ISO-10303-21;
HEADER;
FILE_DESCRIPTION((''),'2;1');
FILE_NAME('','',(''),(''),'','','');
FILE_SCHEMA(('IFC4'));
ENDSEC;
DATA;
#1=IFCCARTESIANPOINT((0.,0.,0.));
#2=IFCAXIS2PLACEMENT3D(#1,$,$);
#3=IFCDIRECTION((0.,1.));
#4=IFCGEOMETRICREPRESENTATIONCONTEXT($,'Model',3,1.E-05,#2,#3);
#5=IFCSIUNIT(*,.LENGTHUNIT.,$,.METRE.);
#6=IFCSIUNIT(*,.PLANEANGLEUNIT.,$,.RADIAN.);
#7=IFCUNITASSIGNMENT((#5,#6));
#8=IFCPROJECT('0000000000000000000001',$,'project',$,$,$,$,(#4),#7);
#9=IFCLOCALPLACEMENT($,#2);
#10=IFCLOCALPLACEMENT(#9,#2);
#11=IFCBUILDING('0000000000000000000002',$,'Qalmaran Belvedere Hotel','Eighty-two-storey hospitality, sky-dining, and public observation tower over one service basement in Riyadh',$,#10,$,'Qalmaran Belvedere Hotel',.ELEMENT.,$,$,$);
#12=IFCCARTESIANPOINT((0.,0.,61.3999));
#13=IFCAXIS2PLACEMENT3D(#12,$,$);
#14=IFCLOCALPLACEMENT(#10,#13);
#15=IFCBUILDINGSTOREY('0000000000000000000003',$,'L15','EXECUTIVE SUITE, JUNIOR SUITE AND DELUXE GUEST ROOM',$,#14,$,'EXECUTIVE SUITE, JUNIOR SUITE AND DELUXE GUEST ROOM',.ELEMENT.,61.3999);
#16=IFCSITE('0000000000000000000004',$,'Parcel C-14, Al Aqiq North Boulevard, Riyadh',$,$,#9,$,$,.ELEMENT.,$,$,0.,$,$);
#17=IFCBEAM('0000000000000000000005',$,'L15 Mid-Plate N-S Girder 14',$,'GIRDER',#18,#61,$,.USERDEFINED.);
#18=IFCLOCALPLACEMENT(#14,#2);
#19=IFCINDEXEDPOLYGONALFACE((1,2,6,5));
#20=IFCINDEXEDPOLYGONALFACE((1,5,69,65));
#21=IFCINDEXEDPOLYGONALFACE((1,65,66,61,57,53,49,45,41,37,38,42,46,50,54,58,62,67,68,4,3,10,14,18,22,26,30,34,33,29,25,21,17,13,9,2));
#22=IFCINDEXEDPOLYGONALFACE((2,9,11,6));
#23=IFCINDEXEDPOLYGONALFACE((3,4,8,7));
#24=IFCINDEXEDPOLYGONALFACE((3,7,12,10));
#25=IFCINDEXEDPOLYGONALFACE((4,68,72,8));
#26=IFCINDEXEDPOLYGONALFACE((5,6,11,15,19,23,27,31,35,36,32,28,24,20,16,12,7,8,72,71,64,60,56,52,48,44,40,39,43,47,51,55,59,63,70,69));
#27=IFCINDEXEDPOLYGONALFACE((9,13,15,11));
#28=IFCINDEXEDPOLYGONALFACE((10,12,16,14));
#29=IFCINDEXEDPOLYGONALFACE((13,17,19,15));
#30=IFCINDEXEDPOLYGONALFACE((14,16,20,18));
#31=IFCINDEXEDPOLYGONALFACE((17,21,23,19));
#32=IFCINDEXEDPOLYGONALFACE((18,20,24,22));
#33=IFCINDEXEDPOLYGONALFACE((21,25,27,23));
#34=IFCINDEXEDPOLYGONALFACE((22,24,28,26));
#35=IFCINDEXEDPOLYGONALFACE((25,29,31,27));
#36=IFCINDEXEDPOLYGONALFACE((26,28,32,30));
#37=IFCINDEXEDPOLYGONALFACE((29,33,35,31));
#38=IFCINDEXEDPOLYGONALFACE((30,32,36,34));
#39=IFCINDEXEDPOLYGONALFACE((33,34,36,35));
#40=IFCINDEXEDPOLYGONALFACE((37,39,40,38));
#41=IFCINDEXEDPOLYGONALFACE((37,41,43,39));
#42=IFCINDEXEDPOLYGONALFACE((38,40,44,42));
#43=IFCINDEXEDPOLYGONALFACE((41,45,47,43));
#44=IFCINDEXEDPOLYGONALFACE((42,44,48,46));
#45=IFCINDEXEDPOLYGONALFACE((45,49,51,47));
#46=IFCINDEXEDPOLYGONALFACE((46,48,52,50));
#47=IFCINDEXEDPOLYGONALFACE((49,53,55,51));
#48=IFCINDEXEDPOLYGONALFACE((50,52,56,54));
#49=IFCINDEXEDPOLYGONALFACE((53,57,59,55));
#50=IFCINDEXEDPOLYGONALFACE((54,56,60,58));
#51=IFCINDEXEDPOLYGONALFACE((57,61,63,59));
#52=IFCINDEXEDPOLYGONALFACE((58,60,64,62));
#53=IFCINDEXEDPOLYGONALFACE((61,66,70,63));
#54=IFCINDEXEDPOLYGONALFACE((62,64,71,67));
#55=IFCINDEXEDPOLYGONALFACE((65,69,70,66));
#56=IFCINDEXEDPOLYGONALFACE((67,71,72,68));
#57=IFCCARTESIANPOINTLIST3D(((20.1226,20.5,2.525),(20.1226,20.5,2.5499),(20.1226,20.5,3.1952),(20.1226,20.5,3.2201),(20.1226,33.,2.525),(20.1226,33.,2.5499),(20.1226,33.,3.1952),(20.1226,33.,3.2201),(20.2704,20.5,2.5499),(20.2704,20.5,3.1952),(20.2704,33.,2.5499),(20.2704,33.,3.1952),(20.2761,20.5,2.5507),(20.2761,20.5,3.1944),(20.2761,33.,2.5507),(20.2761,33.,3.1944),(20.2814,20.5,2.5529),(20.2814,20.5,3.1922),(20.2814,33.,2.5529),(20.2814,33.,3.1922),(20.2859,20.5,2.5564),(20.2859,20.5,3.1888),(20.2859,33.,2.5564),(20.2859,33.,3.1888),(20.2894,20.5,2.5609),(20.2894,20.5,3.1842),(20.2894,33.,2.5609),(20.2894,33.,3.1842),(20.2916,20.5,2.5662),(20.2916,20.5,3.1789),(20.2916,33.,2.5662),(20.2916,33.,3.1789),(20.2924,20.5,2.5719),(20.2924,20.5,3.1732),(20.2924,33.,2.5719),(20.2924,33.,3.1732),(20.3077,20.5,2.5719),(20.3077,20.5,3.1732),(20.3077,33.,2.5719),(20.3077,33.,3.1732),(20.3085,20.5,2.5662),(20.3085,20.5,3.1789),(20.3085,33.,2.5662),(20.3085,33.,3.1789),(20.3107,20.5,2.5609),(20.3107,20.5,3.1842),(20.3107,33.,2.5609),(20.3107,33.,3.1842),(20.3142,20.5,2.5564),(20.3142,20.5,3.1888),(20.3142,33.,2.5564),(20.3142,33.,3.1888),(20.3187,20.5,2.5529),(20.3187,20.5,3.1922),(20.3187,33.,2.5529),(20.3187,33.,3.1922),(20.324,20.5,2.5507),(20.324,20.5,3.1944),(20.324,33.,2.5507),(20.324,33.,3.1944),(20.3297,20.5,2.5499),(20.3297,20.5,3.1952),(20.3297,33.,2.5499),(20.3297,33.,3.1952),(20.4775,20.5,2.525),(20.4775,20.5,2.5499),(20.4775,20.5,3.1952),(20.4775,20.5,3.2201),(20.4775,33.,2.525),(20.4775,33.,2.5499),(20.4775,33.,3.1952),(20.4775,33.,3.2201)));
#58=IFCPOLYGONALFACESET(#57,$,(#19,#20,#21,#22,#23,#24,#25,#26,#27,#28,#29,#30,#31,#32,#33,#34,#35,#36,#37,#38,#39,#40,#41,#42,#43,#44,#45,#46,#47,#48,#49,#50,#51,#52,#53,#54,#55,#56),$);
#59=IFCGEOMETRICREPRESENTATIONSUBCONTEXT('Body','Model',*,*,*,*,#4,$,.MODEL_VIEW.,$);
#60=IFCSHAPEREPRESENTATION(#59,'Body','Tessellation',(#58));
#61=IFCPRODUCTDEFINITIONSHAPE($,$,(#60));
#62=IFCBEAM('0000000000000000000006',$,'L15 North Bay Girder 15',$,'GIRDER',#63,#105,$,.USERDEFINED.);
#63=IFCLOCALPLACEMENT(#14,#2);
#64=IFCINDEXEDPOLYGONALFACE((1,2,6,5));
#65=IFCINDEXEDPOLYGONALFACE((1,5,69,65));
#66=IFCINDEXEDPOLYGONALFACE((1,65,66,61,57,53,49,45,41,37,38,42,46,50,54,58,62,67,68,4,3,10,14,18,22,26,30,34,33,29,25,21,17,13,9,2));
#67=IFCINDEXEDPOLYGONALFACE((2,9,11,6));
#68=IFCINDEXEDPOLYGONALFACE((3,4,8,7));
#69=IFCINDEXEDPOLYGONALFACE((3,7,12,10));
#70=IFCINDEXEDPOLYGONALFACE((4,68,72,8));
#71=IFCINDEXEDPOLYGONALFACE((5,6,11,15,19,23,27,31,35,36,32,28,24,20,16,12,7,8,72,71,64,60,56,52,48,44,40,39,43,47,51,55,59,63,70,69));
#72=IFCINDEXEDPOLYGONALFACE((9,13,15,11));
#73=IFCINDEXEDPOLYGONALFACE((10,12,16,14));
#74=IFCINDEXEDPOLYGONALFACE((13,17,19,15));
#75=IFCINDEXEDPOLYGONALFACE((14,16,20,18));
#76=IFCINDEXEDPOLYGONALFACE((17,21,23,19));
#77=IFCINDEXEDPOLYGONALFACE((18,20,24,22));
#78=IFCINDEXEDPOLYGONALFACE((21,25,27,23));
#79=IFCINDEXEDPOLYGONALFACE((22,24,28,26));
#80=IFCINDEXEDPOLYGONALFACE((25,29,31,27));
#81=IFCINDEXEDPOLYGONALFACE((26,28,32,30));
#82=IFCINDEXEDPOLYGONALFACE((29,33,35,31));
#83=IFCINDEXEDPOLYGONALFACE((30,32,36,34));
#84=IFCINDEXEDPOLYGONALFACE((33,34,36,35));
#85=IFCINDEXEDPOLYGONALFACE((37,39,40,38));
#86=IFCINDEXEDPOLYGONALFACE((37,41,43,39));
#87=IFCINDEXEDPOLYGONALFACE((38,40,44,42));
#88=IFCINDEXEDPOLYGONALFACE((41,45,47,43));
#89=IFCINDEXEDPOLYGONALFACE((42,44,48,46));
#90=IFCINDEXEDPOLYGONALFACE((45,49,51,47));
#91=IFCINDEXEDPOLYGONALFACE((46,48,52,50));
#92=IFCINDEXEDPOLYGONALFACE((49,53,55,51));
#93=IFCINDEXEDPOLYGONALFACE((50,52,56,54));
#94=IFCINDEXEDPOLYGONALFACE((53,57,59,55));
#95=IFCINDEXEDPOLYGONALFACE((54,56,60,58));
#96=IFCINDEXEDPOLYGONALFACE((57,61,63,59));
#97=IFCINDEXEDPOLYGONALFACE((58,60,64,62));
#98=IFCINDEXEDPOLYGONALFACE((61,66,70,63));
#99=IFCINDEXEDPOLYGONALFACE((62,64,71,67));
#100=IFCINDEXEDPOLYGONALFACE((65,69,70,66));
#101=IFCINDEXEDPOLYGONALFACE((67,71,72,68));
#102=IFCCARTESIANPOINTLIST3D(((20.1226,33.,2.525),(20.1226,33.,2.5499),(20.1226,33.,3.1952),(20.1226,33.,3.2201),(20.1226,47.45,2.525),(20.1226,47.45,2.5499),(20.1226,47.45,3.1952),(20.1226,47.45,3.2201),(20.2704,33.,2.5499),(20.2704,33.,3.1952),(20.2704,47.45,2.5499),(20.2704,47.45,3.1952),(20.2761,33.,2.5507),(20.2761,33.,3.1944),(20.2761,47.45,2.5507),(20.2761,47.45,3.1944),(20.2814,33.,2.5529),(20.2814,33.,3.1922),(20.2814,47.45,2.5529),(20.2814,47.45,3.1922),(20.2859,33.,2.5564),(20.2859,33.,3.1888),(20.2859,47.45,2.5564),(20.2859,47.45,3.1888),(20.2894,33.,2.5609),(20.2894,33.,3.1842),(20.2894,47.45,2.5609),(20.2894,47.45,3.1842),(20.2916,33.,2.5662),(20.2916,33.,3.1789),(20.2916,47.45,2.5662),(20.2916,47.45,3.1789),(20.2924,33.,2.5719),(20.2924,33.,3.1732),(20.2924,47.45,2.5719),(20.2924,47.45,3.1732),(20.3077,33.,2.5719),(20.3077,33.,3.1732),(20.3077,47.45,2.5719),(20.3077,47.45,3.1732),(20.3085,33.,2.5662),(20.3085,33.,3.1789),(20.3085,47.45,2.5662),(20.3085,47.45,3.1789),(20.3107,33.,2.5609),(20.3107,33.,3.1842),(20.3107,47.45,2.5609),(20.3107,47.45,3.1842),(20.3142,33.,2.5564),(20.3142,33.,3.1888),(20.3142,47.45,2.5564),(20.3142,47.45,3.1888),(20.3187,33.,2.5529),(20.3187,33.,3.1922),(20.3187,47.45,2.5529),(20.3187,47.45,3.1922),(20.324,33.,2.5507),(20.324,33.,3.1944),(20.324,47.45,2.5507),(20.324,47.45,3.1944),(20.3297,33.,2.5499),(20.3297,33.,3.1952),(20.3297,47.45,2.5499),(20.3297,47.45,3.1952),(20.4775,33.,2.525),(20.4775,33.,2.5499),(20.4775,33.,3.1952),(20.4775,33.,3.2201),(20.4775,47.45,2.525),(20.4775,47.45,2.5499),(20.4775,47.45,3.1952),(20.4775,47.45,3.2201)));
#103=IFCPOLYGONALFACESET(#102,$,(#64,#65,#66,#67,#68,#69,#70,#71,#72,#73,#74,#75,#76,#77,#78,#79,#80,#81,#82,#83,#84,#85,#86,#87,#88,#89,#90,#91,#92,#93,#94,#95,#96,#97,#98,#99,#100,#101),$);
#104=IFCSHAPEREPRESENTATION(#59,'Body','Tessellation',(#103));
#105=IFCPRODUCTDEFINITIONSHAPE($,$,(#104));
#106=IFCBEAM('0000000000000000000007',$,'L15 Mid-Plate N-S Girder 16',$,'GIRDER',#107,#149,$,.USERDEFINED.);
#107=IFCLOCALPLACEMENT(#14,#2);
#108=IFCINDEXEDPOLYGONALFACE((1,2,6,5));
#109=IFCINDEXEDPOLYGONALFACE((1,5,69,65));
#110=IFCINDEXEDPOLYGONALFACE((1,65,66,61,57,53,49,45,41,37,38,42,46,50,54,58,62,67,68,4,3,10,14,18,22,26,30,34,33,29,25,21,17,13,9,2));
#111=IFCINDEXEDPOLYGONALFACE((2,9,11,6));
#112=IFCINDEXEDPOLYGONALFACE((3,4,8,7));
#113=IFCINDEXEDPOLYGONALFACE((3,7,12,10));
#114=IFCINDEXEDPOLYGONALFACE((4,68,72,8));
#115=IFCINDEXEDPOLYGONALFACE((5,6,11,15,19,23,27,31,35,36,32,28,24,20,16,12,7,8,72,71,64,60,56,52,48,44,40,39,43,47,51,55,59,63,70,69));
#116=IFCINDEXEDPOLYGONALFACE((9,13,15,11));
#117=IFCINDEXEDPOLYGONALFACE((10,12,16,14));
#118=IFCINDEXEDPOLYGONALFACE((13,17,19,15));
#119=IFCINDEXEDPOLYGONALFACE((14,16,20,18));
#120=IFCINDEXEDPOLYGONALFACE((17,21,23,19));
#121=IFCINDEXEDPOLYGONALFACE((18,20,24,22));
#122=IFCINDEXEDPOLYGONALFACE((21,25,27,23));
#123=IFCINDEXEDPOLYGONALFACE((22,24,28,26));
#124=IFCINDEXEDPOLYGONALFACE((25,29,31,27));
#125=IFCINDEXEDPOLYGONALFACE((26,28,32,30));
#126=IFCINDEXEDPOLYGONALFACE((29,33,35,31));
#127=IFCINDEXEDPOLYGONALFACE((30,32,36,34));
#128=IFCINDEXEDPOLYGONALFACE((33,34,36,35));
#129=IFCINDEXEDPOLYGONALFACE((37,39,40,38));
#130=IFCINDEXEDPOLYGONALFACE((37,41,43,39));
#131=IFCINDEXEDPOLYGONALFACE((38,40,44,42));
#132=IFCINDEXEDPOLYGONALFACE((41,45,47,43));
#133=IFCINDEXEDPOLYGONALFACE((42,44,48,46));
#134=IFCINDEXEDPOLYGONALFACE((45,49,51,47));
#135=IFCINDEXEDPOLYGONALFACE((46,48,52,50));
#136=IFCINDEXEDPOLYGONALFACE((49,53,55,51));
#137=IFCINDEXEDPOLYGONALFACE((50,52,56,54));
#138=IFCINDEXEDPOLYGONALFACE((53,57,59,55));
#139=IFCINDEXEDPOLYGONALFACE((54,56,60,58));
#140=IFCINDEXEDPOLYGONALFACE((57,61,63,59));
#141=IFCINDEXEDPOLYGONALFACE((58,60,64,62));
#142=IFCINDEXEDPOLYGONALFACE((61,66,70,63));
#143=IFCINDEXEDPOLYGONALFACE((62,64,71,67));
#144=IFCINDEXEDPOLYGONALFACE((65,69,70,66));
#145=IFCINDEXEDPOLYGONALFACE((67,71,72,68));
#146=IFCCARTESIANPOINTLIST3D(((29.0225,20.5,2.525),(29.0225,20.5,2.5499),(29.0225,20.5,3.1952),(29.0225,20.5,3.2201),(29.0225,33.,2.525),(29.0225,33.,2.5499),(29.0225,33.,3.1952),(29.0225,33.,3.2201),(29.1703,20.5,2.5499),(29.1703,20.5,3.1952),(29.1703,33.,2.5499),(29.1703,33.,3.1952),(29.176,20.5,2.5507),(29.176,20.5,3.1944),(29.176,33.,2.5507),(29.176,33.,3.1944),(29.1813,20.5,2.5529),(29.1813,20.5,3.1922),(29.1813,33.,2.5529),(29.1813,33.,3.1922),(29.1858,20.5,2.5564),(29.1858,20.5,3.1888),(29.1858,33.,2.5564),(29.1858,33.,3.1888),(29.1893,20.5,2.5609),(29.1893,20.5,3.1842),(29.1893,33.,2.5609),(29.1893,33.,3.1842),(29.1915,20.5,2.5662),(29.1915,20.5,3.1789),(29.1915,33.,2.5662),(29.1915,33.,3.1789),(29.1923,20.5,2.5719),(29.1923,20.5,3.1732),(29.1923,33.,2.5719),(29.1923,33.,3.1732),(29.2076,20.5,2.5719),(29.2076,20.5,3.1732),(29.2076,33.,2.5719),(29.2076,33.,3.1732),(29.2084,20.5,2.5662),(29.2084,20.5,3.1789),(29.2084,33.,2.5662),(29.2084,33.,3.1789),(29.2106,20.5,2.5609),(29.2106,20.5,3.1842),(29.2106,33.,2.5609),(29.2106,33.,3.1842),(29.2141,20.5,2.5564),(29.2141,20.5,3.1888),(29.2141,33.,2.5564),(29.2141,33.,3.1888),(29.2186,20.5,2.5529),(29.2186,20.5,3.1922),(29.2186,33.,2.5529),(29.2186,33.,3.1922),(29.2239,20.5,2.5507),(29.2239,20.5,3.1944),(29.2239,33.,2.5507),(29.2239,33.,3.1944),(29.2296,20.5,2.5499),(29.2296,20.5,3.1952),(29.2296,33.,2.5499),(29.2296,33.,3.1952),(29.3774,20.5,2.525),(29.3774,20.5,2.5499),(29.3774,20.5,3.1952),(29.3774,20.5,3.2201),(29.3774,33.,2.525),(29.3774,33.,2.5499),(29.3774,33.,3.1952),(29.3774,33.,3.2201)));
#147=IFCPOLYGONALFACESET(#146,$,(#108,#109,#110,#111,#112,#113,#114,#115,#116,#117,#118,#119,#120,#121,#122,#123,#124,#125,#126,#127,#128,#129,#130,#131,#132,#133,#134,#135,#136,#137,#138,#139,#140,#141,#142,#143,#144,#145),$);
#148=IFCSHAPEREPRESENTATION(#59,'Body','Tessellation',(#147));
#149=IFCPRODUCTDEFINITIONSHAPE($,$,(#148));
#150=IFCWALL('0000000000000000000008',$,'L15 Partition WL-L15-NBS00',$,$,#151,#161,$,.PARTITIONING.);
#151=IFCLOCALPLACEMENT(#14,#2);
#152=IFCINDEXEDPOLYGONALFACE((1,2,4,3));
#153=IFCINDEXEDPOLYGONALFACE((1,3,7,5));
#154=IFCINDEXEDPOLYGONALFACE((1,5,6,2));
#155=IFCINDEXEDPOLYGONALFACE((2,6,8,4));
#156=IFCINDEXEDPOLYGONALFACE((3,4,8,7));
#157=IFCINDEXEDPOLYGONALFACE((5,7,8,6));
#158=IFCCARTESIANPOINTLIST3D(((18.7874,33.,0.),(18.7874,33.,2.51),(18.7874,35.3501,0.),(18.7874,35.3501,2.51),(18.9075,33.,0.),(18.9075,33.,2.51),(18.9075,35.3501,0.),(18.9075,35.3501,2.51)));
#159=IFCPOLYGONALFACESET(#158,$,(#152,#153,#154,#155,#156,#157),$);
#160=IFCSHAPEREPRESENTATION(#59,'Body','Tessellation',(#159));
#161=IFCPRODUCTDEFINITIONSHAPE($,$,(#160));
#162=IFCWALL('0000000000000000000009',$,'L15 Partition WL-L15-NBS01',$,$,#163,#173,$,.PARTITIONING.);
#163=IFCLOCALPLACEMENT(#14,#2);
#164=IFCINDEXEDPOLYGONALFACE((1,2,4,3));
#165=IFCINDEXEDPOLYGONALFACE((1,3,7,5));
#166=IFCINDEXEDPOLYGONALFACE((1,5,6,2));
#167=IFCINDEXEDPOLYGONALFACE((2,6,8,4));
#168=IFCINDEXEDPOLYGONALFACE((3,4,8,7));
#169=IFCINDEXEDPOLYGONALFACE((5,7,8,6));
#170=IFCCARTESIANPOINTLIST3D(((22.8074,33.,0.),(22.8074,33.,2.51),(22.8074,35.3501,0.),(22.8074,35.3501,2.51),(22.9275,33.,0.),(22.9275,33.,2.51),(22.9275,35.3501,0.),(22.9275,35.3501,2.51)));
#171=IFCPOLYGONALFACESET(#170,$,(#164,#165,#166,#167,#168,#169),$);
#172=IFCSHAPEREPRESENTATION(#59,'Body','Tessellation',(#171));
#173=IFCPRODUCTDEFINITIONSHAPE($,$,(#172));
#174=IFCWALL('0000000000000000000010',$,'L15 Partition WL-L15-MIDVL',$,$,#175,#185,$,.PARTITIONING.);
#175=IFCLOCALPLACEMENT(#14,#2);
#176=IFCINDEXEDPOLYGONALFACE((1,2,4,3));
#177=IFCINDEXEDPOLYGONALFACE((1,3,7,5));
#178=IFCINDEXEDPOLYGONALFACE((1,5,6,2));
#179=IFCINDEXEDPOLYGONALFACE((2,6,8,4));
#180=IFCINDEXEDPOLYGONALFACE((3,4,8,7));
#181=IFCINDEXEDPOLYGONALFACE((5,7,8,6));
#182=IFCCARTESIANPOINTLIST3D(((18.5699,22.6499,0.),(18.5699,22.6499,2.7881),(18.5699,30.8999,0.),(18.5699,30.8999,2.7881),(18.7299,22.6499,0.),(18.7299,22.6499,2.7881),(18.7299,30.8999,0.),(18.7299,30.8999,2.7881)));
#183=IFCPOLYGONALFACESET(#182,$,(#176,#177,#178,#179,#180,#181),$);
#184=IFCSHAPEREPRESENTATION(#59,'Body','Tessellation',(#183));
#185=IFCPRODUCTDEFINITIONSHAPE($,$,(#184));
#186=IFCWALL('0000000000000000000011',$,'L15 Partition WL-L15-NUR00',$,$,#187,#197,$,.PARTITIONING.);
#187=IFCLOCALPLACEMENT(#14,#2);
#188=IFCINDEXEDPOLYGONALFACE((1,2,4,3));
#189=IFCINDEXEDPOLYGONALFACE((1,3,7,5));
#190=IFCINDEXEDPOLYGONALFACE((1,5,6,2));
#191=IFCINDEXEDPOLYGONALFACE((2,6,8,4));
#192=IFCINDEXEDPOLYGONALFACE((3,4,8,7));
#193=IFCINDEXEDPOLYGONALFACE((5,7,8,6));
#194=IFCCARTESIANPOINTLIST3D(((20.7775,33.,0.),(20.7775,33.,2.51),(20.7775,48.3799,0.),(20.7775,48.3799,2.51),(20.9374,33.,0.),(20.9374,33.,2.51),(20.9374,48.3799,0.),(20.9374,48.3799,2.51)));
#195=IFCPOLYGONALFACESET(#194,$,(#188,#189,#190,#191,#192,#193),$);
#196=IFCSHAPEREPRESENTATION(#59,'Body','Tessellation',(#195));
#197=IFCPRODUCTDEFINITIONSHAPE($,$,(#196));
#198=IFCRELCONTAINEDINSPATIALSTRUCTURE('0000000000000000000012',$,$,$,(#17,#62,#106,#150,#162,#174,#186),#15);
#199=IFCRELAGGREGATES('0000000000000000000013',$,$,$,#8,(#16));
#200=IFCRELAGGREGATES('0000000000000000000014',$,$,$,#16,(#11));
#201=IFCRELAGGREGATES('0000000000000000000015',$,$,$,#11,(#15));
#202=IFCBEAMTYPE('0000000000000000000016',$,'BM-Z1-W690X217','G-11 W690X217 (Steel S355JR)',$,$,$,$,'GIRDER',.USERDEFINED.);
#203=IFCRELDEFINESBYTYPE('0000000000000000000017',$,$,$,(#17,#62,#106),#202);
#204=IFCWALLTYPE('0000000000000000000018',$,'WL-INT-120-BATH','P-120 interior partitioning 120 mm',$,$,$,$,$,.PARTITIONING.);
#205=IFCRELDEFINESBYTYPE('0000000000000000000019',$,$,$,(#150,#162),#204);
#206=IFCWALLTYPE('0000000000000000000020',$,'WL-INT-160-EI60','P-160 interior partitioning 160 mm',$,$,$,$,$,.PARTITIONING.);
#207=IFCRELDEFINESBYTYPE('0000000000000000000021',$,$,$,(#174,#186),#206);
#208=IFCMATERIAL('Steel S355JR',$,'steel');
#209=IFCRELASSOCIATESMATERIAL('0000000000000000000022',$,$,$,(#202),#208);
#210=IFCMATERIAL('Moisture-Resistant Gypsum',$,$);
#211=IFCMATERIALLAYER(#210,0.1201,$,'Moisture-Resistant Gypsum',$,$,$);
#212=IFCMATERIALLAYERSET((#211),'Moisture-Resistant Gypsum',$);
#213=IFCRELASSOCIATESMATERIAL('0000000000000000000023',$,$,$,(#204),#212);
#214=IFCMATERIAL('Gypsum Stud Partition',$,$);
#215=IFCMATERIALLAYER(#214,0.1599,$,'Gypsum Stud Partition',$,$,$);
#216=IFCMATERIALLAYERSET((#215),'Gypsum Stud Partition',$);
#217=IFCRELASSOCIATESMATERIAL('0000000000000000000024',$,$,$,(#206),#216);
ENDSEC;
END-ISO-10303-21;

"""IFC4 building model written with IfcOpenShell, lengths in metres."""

from ifc_helpers import new_model, si_unit, direction, frame, frame_2d, origin, origin_2d, place, context, subcontext, project, spatial, rectangle, i_section, extrude, material, layer, layer_set, material_profile, profile_set, type_object, element, save


model = new_model("IFC4")

# Units and contexts
model_context = context("Model", 3, precision=1e-05, world=origin(), true_north=direction((0.0, 1.0)))
body_context = subcontext(model_context, "Body", "Model", "MODEL_VIEW")
ifc_project = project(units=[si_unit("LENGTHUNIT", "METRE"), si_unit("PLANEANGLEUNIT", "RADIAN")], contexts=[model_context])

# Site, building, storey
site_placement = place(None, origin())
site = spatial("IfcSite", under=ifc_project, at=site_placement, Name="Parcel C-14, Al Aqiq North Boulevard, Riyadh", CompositionType="ELEMENT", RefElevation=0.0)
building_placement = place(site_placement, origin())
building = spatial("IfcBuilding", under=site, at=building_placement, Name="Qalmaran Belvedere Hotel", Description="Eighty-two-storey hospitality, sky-dining, and public observation tower over one service basement in Riyadh", LongName="Qalmaran Belvedere Hotel", CompositionType="ELEMENT")
storey_placement = place(building_placement, frame((0.0, 0.0, 61.3999)))
storey = spatial("IfcBuildingStorey", under=building, at=storey_placement, Name="L15", Description="EXECUTIVE SUITE, JUNIOR SUITE AND DELUXE GUEST ROOM", LongName="EXECUTIVE SUITE, JUNIOR SUITE AND DELUXE GUEST ROOM", CompositionType="ELEMENT", Elevation=61.3999)

# Beams
ifc_material_1 = material(Name="Steel S355JR", Category="steel")
ifc_material_profile_1 = material_profile(ifc_material_1, i_section(OverallWidth=0.355, OverallDepth=0.6951, WebThickness=0.0154, FlangeThickness=0.0249, FilletRadius=0.022, at=origin_2d()), Name="W690X217")
ifc_profile_set_1 = profile_set([ifc_material_profile_1], Name="Steel S355JR")
beam_type_1 = type_object("IfcBeamType", Name="BM-Z1-W690X217", Description="G-11 W690X217 (Steel S355JR)", ElementType="GIRDER", PredefinedType="USERDEFINED", material=ifc_profile_set_1)
beam_1_placement = place(storey_placement, frame((20.3, 20.5, 2.8726), z_axis=(0.0, 1.0, 0.0), x_axis=(-1.0, 0.0, 0.0)))
element("IfcBeam", 1, at=beam_1_placement, inside=storey, type_object=beam_type_1, Name="L15 Mid-Plate N-S Girder 14", ObjectType="GIRDER", PredefinedType="USERDEFINED", context=body_context, shape_type="SweptSolid", body=[
    extrude(i_section(OverallWidth=0.355, OverallDepth=0.6951, WebThickness=0.0154, FlangeThickness=0.0249, FilletRadius=0.022, at=origin_2d()), origin(), (0.0, 0.0, 1.0), 12.5),
])
beam_2_placement = place(storey_placement, frame((20.3, 33.0, 2.8726), z_axis=(0.0, 1.0, 0.0), x_axis=(-1.0, 0.0, 0.0)))
element("IfcBeam", 2, at=beam_2_placement, inside=storey, type_object=beam_type_1, Name="L15 North Bay Girder 15", ObjectType="GIRDER", PredefinedType="USERDEFINED", context=body_context, shape_type="SweptSolid", body=[
    extrude(i_section(OverallWidth=0.355, OverallDepth=0.6951, WebThickness=0.0154, FlangeThickness=0.0249, FilletRadius=0.022, at=origin_2d()), origin(), (0.0, 0.0, 1.0), 14.45),
])
beam_3_placement = place(storey_placement, frame((29.2, 20.5, 2.8726), z_axis=(0.0, 1.0, 0.0), x_axis=(-1.0, 0.0, 0.0)))
element("IfcBeam", 3, at=beam_3_placement, inside=storey, type_object=beam_type_1, Name="L15 Mid-Plate N-S Girder 16", ObjectType="GIRDER", PredefinedType="USERDEFINED", context=body_context, shape_type="SweptSolid", body=[
    extrude(i_section(OverallWidth=0.355, OverallDepth=0.6951, WebThickness=0.0154, FlangeThickness=0.0249, FilletRadius=0.022, at=origin_2d()), origin(), (0.0, 0.0, 1.0), 12.5),
])

# Walls
ifc_material_2 = material(Name="Moisture-Resistant Gypsum")
ifc_layer_1 = layer(ifc_material_2, 0.1201, Name="Moisture-Resistant Gypsum")
ifc_layer_set_1 = layer_set([ifc_layer_1], Name="Moisture-Resistant Gypsum")
wall_type_1 = type_object("IfcWallType", Name="WL-INT-120-BATH", Description="P-120 interior partitioning 120 mm", PredefinedType="PARTITIONING", material=ifc_layer_set_1)
for number, where, z_axis, x_axis, name in (
    (4, (18.8474, 33.0, 0.0), (0.0, 0.0, 1.0), (0.0, 1.0, 0.0), "L15 Partition WL-L15-NBS00"),
    (5, (22.8674, 33.0, 0.0), (0.0, 0.0, 1.0), (0.0, 1.0, 0.0), "L15 Partition WL-L15-NBS01"),
):
    element("IfcWall", number, at=place(storey_placement, frame(where, z_axis=z_axis, x_axis=x_axis)), inside=storey, type_object=wall_type_1, Name=name, PredefinedType="PARTITIONING", context=body_context, shape_type="SweptSolid", body=[
        extrude(rectangle(XDim=2.3501, YDim=0.1201, at=frame_2d((1.175, 0.0))), origin(), (0.0, 0.0, 1.0), 2.51),
    ])

# Shared definitions
ifc_material_3 = material(Name="Gypsum Stud Partition")

# Walls
ifc_layer_2 = layer(ifc_material_3, 0.1599, Name="Gypsum Stud Partition")
ifc_layer_set_2 = layer_set([ifc_layer_2], Name="Gypsum Stud Partition")
wall_type_2 = type_object("IfcWallType", Name="WL-INT-160-EI60", Description="P-160 interior partitioning 160 mm", PredefinedType="PARTITIONING", material=ifc_layer_set_2)
wall_1_placement = place(storey_placement, frame((18.6499, 22.6499, 0.0), z_axis=(0.0, 0.0, 1.0), x_axis=(0.0, 1.0, 0.0)))
element("IfcWall", 6, at=wall_1_placement, inside=storey, type_object=wall_type_2, Name="L15 Partition WL-L15-MIDVL", PredefinedType="PARTITIONING", context=body_context, shape_type="SweptSolid", body=[
    extrude(rectangle(XDim=8.25, YDim=0.1599, at=frame_2d((4.125, 0.0))), origin(), (0.0, 0.0, 1.0), 2.7881),
])
wall_2_placement = place(storey_placement, frame((20.8574, 33.0, 0.0), z_axis=(0.0, 0.0, 1.0), x_axis=(0.0, 1.0, 0.0)))
element("IfcWall", 7, at=wall_2_placement, inside=storey, type_object=wall_type_2, Name="L15 Partition WL-L15-NUR00", PredefinedType="PARTITIONING", context=body_context, shape_type="SweptSolid", body=[
    extrude(rectangle(XDim=15.3799, YDim=0.1599, at=frame_2d((7.6899, 0.0))), origin(), (0.0, 0.0, 1.0), 2.51),
])

save(model, "model.ifc")
